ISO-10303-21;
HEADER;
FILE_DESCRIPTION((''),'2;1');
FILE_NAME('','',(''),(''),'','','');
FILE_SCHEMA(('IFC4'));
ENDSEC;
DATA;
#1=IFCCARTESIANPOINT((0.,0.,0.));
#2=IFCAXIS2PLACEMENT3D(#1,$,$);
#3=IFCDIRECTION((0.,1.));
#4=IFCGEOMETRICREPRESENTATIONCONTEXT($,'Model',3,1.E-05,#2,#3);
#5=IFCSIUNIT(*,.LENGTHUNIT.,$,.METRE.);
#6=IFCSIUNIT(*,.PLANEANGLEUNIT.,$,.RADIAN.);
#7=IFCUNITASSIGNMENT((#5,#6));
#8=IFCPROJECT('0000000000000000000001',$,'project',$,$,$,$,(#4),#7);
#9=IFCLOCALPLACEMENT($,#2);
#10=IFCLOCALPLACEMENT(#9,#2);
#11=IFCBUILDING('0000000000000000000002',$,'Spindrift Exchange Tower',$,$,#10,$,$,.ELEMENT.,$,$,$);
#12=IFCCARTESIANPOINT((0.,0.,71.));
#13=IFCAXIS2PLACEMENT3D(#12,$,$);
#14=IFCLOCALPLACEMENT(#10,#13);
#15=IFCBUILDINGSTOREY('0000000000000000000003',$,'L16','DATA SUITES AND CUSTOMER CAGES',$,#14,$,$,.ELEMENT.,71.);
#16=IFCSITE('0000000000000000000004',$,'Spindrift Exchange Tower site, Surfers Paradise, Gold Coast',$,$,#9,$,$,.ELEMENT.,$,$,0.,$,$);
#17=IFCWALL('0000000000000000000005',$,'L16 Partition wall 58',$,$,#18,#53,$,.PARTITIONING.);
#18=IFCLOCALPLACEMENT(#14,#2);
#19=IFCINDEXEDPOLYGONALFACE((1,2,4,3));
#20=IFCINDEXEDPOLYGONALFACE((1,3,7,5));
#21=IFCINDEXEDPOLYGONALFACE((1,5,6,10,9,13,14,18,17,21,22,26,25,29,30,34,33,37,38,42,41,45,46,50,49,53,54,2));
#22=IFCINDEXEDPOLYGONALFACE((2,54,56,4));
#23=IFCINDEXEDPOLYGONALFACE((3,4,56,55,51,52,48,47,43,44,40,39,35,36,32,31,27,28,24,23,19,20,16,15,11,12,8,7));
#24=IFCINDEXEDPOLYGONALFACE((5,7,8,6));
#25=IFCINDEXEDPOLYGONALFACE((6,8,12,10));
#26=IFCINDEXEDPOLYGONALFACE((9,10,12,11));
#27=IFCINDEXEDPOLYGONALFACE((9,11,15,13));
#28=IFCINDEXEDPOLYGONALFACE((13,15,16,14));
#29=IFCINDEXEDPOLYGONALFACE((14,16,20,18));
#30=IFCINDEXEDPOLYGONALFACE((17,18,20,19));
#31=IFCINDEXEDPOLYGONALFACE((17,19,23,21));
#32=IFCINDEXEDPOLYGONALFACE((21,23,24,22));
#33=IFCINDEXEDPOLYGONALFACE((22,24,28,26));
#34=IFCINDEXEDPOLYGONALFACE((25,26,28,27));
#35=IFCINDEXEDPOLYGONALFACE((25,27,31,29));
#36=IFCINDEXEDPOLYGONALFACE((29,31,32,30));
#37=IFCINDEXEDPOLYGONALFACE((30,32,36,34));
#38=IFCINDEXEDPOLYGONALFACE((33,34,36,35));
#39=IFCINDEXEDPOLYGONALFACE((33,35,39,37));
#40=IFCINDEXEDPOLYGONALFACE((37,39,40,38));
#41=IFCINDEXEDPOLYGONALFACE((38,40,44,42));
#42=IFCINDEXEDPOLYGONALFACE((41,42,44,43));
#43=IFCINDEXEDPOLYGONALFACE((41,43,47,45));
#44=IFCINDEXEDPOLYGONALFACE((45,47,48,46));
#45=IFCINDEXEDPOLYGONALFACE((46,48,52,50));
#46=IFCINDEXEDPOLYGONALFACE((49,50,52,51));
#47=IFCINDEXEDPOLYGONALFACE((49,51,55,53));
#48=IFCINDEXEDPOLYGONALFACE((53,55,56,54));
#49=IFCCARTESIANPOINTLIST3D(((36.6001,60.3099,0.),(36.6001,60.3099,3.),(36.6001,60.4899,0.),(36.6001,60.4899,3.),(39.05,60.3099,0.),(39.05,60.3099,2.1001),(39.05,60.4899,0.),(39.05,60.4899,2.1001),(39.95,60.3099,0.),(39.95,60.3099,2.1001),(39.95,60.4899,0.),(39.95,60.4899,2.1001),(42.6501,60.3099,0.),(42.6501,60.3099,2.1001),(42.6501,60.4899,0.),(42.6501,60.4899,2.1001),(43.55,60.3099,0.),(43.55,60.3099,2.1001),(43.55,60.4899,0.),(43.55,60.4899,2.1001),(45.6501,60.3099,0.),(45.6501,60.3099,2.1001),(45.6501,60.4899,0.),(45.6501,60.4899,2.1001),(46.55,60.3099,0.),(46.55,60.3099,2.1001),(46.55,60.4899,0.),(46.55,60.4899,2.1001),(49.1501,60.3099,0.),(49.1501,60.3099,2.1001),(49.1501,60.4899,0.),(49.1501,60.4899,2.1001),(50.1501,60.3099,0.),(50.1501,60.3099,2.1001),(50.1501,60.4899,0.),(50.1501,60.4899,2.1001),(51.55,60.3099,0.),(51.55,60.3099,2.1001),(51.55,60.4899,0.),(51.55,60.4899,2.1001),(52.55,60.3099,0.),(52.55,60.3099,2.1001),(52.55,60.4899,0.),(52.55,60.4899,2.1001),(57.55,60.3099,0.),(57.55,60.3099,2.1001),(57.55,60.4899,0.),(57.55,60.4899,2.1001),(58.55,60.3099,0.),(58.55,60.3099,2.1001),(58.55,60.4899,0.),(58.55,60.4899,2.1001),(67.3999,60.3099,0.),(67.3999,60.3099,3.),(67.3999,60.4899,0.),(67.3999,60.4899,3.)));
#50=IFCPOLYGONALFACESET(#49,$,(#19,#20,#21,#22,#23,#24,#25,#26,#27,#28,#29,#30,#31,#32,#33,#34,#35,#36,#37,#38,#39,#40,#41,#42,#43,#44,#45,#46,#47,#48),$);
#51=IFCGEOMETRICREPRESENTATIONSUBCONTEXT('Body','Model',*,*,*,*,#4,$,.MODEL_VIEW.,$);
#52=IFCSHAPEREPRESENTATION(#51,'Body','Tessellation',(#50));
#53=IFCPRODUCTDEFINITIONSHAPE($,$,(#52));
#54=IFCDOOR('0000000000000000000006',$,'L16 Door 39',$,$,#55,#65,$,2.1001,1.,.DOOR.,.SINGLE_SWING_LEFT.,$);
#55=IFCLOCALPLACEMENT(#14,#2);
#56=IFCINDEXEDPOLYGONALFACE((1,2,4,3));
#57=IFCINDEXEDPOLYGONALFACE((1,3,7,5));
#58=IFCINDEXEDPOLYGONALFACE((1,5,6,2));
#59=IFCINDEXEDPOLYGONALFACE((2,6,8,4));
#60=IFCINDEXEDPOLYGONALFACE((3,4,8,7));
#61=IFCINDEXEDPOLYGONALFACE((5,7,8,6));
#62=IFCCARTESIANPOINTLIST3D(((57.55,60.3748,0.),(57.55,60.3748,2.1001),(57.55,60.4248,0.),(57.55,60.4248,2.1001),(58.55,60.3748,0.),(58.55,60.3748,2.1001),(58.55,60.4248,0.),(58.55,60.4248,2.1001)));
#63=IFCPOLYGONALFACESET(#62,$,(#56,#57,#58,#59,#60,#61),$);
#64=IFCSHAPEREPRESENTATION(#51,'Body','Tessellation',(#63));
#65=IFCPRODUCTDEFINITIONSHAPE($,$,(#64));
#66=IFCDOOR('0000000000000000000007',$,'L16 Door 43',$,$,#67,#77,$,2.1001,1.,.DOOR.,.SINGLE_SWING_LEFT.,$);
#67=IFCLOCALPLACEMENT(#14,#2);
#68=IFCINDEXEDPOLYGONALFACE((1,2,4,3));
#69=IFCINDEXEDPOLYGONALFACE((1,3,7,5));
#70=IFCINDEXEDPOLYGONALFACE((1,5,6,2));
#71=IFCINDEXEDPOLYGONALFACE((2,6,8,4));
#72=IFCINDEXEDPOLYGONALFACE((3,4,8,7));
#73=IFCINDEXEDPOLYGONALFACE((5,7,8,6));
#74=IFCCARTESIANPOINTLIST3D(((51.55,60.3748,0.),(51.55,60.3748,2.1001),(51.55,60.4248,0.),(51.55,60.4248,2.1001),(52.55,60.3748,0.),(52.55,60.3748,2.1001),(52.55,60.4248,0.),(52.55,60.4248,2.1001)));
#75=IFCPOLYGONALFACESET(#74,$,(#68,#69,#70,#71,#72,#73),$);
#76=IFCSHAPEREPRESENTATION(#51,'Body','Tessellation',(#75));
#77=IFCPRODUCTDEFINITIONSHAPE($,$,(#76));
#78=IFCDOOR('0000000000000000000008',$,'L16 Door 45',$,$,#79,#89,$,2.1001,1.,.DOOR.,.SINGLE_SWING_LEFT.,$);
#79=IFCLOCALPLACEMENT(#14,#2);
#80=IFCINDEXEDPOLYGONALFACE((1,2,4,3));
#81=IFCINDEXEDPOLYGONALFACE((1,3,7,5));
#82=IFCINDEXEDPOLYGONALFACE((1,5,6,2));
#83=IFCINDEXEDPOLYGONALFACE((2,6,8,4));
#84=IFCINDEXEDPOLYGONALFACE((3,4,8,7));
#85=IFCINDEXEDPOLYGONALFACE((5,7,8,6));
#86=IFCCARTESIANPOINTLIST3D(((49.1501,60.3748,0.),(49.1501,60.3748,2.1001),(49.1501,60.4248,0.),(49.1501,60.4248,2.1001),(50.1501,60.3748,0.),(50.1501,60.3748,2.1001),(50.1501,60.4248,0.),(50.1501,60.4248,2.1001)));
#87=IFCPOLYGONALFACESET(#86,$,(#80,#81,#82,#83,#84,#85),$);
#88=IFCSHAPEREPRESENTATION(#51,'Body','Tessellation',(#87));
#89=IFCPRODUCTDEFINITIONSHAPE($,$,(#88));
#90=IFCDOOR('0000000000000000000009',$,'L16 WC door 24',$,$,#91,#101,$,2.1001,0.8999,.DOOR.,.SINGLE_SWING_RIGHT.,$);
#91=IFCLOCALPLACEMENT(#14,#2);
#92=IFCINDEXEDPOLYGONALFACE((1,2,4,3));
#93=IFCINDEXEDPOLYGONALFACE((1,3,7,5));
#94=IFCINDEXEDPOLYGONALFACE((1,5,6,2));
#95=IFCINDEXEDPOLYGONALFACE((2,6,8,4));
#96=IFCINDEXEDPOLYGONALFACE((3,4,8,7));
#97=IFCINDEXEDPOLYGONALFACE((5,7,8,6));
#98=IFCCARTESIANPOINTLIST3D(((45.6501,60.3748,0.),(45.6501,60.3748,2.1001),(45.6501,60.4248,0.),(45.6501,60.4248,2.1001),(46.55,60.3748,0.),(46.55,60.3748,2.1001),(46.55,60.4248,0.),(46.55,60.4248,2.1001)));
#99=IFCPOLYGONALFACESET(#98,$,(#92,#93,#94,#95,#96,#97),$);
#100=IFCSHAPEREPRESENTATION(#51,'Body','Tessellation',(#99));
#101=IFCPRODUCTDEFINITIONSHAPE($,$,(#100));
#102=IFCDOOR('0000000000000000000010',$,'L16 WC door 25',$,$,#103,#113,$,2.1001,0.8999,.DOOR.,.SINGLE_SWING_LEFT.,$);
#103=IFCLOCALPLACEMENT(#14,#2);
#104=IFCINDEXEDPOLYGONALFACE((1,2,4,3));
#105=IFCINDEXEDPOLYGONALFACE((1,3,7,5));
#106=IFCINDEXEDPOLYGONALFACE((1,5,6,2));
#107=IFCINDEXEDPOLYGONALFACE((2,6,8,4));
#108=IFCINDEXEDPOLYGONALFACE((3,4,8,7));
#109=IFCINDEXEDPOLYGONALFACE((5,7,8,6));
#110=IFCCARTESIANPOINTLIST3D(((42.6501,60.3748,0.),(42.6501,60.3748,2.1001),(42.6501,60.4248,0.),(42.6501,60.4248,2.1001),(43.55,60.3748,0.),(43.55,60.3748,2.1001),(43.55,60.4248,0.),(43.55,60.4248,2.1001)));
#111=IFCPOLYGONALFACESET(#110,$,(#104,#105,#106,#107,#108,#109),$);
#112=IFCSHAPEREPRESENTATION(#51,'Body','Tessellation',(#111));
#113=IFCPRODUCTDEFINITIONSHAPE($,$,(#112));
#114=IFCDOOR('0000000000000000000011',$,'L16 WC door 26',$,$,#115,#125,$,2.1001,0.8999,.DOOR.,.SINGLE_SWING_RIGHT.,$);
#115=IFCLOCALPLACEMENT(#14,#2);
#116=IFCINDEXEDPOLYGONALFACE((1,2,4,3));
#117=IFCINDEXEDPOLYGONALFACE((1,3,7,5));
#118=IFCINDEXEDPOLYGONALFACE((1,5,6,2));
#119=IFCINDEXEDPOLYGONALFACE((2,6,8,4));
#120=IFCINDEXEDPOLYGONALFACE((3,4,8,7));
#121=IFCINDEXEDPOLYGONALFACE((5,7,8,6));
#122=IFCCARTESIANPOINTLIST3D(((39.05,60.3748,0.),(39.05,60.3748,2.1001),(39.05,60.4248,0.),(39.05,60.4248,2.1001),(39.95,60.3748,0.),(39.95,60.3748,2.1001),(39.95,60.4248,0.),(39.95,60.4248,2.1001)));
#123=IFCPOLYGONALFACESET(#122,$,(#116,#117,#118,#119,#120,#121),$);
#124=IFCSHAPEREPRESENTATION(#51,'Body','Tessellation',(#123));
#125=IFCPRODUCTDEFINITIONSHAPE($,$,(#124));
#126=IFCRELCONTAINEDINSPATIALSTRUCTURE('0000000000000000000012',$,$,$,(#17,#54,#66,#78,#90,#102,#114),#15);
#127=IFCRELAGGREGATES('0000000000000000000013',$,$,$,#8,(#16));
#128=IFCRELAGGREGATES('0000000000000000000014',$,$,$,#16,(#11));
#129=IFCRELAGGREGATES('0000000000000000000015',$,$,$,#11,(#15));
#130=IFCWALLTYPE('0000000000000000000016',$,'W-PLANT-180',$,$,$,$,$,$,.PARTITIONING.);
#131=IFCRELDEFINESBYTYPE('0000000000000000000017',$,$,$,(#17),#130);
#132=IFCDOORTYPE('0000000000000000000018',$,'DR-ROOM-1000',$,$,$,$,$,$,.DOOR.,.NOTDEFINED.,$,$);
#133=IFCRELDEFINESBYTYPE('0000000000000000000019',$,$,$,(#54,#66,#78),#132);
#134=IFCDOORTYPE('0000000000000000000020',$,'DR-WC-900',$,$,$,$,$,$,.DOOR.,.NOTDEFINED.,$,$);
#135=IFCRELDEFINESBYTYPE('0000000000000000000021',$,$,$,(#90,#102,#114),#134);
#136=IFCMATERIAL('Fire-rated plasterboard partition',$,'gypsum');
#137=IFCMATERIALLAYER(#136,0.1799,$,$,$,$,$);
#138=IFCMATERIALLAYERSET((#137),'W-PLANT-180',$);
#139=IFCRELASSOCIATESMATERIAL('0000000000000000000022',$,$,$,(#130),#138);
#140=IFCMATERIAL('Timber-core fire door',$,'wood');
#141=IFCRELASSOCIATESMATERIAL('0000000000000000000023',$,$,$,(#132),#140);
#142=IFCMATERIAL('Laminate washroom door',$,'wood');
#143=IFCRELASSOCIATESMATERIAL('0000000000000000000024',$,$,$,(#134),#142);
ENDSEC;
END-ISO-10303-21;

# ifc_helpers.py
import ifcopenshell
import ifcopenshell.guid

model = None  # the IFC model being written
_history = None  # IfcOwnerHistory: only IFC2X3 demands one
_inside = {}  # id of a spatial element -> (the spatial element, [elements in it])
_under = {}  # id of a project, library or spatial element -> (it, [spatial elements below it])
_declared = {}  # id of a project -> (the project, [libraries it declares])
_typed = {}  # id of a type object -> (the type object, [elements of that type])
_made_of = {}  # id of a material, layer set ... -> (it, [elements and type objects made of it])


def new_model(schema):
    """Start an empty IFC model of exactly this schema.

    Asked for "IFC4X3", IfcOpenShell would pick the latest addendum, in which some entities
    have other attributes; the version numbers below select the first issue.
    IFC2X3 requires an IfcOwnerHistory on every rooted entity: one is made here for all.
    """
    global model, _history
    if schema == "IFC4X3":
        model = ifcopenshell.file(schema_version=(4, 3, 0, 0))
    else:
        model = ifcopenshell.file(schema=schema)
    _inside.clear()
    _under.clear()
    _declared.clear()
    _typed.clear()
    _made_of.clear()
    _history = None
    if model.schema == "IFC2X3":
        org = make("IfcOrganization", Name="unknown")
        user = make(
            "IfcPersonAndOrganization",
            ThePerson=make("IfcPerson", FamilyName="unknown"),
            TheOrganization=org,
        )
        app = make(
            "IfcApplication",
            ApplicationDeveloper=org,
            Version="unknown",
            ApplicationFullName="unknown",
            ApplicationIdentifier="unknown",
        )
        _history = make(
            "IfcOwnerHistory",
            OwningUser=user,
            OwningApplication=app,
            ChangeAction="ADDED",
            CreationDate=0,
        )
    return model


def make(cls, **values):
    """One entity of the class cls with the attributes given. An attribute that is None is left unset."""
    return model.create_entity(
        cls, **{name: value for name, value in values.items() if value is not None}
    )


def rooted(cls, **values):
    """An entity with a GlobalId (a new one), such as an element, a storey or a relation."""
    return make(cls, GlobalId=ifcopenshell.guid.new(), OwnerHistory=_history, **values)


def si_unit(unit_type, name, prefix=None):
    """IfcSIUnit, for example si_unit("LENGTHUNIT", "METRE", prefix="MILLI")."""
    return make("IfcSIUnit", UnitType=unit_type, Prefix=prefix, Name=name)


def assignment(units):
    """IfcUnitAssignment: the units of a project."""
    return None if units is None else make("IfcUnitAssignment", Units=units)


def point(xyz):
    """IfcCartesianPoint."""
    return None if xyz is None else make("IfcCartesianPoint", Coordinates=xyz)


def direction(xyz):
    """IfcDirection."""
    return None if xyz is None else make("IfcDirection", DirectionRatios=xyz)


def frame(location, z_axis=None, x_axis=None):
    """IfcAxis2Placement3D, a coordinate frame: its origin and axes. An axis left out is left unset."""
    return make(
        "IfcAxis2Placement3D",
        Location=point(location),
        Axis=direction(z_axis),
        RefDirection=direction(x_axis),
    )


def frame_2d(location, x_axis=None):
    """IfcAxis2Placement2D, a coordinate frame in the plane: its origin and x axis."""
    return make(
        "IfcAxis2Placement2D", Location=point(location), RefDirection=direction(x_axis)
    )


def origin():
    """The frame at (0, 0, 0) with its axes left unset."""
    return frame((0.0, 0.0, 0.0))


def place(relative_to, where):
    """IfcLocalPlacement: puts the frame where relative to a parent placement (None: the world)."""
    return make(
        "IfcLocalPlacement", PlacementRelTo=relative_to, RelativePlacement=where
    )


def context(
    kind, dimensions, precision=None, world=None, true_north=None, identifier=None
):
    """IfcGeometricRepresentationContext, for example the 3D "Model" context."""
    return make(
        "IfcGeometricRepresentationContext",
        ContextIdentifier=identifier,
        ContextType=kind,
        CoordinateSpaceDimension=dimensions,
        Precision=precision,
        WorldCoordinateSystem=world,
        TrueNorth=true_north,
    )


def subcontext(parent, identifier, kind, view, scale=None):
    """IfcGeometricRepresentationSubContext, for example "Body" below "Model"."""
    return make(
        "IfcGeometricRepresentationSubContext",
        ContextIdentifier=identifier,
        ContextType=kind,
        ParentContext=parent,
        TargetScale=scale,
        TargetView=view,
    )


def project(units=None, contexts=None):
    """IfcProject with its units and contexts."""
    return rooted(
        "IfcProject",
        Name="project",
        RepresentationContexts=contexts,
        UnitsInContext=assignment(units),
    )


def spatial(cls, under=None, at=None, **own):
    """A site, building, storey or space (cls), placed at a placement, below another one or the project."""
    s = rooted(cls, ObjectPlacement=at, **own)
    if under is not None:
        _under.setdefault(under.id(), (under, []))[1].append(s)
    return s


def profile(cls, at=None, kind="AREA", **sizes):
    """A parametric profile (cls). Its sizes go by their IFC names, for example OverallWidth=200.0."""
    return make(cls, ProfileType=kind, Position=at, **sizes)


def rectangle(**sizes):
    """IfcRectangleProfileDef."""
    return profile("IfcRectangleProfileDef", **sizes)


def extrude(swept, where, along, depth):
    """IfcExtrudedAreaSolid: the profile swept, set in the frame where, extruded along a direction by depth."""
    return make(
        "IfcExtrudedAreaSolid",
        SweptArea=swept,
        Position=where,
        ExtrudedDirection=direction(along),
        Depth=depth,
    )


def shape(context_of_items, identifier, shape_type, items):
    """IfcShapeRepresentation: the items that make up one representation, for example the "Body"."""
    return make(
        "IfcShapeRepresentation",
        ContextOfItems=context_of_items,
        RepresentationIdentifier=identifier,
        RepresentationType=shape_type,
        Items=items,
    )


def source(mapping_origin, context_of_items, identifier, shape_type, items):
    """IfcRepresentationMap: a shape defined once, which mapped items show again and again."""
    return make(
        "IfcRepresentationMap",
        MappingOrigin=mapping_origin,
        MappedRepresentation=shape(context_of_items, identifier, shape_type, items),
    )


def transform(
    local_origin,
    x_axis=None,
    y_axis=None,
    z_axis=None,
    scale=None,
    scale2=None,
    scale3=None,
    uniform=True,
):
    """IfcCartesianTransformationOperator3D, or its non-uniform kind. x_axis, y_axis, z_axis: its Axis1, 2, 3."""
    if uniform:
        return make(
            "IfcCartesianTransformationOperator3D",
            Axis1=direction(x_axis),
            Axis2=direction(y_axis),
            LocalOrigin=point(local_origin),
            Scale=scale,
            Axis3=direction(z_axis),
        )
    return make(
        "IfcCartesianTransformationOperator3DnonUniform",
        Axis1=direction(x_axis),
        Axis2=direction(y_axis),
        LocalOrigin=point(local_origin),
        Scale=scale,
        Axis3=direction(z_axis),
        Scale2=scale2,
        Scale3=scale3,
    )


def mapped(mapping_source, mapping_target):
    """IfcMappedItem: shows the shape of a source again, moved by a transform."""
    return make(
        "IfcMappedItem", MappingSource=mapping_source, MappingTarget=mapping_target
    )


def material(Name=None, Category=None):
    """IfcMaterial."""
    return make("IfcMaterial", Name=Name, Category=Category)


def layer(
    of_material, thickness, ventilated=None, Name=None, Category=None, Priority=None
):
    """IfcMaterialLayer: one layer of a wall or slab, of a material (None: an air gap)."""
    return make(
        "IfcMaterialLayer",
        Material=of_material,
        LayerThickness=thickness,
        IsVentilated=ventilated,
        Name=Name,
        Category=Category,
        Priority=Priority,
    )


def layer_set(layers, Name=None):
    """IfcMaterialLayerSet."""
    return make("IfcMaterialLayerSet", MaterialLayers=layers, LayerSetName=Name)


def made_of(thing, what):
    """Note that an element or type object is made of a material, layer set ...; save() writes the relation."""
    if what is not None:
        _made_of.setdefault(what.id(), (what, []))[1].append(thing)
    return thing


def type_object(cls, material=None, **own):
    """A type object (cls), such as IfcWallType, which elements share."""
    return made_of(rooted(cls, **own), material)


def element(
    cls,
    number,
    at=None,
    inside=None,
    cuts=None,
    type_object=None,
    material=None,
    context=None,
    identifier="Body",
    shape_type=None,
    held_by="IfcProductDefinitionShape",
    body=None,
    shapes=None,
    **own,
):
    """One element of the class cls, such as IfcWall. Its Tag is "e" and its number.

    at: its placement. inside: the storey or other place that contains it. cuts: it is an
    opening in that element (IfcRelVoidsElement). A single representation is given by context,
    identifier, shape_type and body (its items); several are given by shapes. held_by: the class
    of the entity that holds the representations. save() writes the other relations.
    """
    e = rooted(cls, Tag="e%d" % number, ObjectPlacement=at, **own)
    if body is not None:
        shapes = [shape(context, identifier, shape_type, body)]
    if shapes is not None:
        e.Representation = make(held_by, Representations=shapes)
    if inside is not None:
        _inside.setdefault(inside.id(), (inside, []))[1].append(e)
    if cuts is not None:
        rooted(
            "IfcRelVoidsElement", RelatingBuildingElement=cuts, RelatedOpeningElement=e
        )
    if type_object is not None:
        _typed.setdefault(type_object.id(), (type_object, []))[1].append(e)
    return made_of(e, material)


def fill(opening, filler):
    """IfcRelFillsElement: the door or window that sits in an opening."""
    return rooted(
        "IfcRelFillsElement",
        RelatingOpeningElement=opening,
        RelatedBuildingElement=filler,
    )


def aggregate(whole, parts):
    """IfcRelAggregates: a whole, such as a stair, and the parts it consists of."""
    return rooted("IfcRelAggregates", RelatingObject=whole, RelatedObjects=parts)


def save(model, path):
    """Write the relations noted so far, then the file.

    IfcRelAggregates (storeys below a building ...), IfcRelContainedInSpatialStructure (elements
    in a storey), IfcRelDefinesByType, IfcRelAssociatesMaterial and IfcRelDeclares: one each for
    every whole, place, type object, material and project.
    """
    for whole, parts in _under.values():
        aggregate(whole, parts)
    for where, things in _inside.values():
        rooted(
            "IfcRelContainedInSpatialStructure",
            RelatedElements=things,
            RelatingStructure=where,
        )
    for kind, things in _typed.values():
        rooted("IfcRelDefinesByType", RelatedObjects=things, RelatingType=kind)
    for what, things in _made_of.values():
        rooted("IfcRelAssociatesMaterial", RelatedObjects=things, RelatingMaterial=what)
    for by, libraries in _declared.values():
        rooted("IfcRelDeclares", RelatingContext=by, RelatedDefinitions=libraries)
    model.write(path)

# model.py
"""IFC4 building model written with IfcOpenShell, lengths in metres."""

from ifc_helpers import new_model, si_unit, direction, frame, frame_2d, origin, place, context, subcontext, project, spatial, rectangle, extrude, source, transform, mapped, material, layer, layer_set, type_object, element, fill, save


model = new_model("IFC4")

# Units and contexts
model_context = context("Model", 3, precision=1e-05, world=origin(), true_north=direction((0.0, 1.0)))
body_context = subcontext(model_context, "Body", "Model", "MODEL_VIEW")
ifc_project = project(units=[si_unit("LENGTHUNIT", "METRE"), si_unit("PLANEANGLEUNIT", "RADIAN")], contexts=[model_context])

# Site, building, storey
site_placement = place(None, origin())
site = spatial("IfcSite", under=ifc_project, at=site_placement, Name="Spindrift Exchange Tower site, Surfers Paradise, Gold Coast", CompositionType="ELEMENT", RefElevation=0.0)
building_placement = place(site_placement, origin())
building = spatial("IfcBuilding", under=site, at=building_placement, Name="Spindrift Exchange Tower", CompositionType="ELEMENT")
storey_placement = place(building_placement, frame((0.0, 0.0, 71.0)))
storey = spatial("IfcBuildingStorey", under=building, at=storey_placement, Name="L16", Description="DATA SUITES AND CUSTOMER CAGES", CompositionType="ELEMENT", Elevation=71.0)

# Shared definitions
ifc_material_1 = material(Name="Fire-rated plasterboard partition", Category="gypsum")

# Wall, openings, doors
ifc_layer_1 = layer(ifc_material_1, 0.1799)
ifc_layer_set_1 = layer_set([ifc_layer_1], Name="W-PLANT-180")
wall_type_1 = type_object("IfcWallType", Name="W-PLANT-180", PredefinedType="PARTITIONING", material=ifc_layer_set_1)
wall_1_placement = place(storey_placement, frame((36.6001, 60.3999, 0.0), z_axis=(0.0, 0.0, 1.0), x_axis=(1.0, 0.0, 0.0)))
wall_1 = element("IfcWall", 1, at=wall_1_placement, inside=storey, type_object=wall_type_1, Name="L16 Partition wall 58", PredefinedType="PARTITIONING", context=body_context, shape_type="SweptSolid", body=[
    extrude(rectangle(XDim=30.7998, YDim=0.1799, at=frame_2d((15.3999, 0.0))), origin(), (0.0, 0.0, 1.0), 3.0),
])
opening_1_placement = place(wall_1_placement, frame((9.05, 0.0, 0.0)))
opening_1 = element("IfcOpeningElement", 2, at=opening_1_placement, cuts=wall_1, PredefinedType="OPENING", context=body_context, shape_type="SweptSolid", body=[
    extrude(rectangle(XDim=0.8999, YDim=2.1001, at=frame_2d((0.45, 1.05))), frame((0.0, 0.0999, 0.0), z_axis=(0.0, -1.0, 0.0), x_axis=(1.0, 0.0, 0.0)), (0.0, 0.0, 1.0), 0.2),
])
opening_2_placement = place(wall_1_placement, frame((6.05, 0.0, 0.0)))
opening_2 = element("IfcOpeningElement", 3, at=opening_2_placement, cuts=wall_1, PredefinedType="OPENING", context=body_context, shape_type="SweptSolid", body=[
    extrude(rectangle(XDim=0.8999, YDim=2.1001, at=frame_2d((0.45, 1.05))), frame((0.0, 0.0999, 0.0), z_axis=(0.0, -1.0, 0.0), x_axis=(1.0, 0.0, 0.0)), (0.0, 0.0, 1.0), 0.2),
])
opening_3_placement = place(wall_1_placement, frame((2.45, 0.0, 0.0)))
opening_3 = element("IfcOpeningElement", 4, at=opening_3_placement, cuts=wall_1, PredefinedType="OPENING", context=body_context, shape_type="SweptSolid", body=[
    extrude(rectangle(XDim=0.8999, YDim=2.1001, at=frame_2d((0.45, 1.05))), frame((0.0, 0.0999, 0.0), z_axis=(0.0, -1.0, 0.0), x_axis=(1.0, 0.0, 0.0)), (0.0, 0.0, 1.0), 0.2),
])
opening_4_placement = place(wall_1_placement, frame((20.95, 0.0, 0.0)))
opening_4 = element("IfcOpeningElement", 5, at=opening_4_placement, cuts=wall_1, PredefinedType="OPENING", context=body_context, shape_type="SweptSolid", body=[
    extrude(rectangle(XDim=1.0, YDim=2.1001, at=frame_2d((0.5, 1.05))), frame((0.0, 0.0999, 0.0), z_axis=(0.0, -1.0, 0.0), x_axis=(1.0, 0.0, 0.0)), (0.0, 0.0, 1.0), 0.2),
])
opening_5_placement = place(wall_1_placement, frame((14.95, 0.0, 0.0)))
opening_5 = element("IfcOpeningElement", 6, at=opening_5_placement, cuts=wall_1, PredefinedType="OPENING", context=body_context, shape_type="SweptSolid", body=[
    extrude(rectangle(XDim=1.0, YDim=2.1001, at=frame_2d((0.5, 1.05))), frame((0.0, 0.0999, 0.0), z_axis=(0.0, -1.0, 0.0), x_axis=(1.0, 0.0, 0.0)), (0.0, 0.0, 1.0), 0.2),
])
opening_6_placement = place(wall_1_placement, frame((12.55, 0.0, 0.0)))
opening_6 = element("IfcOpeningElement", 7, at=opening_6_placement, cuts=wall_1, PredefinedType="OPENING", context=body_context, shape_type="SweptSolid", body=[
    extrude(rectangle(XDim=1.0, YDim=2.1001, at=frame_2d((0.5, 1.05))), frame((0.0, 0.0999, 0.0), z_axis=(0.0, -1.0, 0.0), x_axis=(1.0, 0.0, 0.0)), (0.0, 0.0, 1.0), 0.2),
])
ifc_material_2 = material(Name="Timber-core fire door", Category="wood")
door_type_1 = type_object("IfcDoorType", Name="DR-ROOM-1000", OperationType="NOTDEFINED", PredefinedType="DOOR", material=ifc_material_2)
shared_shape_1 = source(origin(), body_context, "Body", "SweptSolid", [
    extrude(rectangle(XDim=1.0, YDim=2.1001, at=frame_2d((0.5, 1.05))), frame((0.0, 0.0249, 0.0), z_axis=(0.0, -1.0, 0.0), x_axis=(1.0, 0.0, 0.0)), (0.0, 0.0, 1.0), 0.05),
])
door_1_placement = place(opening_4_placement, origin())
door_1 = element("IfcDoor", 8, at=door_1_placement, inside=storey, type_object=door_type_1, Name="L16 Door 39", OperationType="SINGLE_SWING_LEFT", OverallHeight=2.1001, OverallWidth=1.0, PredefinedType="DOOR", context=body_context, shape_type="MappedRepresentation", body=[
    mapped(shared_shape_1, transform((0.0, 0.0, 0.0), scale=1.0)),
])
fill(opening_4, door_1)
door_2_placement = place(opening_5_placement, origin())
door_2 = element("IfcDoor", 9, at=door_2_placement, inside=storey, type_object=door_type_1, Name="L16 Door 43", OperationType="SINGLE_SWING_LEFT", OverallHeight=2.1001, OverallWidth=1.0, PredefinedType="DOOR", context=body_context, shape_type="MappedRepresentation", body=[
    mapped(shared_shape_1, transform((0.0, 0.0, 0.0), scale=1.0)),
])
fill(opening_5, door_2)
door_3_placement = place(opening_6_placement, origin())
door_3 = element("IfcDoor", 10, at=door_3_placement, inside=storey, type_object=door_type_1, Name="L16 Door 45", OperationType="SINGLE_SWING_LEFT", OverallHeight=2.1001, OverallWidth=1.0, PredefinedType="DOOR", context=body_context, shape_type="MappedRepresentation", body=[
    mapped(shared_shape_1, transform((0.0, 0.0, 0.0), scale=1.0)),
])
fill(opening_6, door_3)
ifc_material_3 = material(Name="Laminate washroom door", Category="wood")
door_type_2 = type_object("IfcDoorType", Name="DR-WC-900", OperationType="NOTDEFINED", PredefinedType="DOOR", material=ifc_material_3)
shared_shape_2 = source(origin(), body_context, "Body", "SweptSolid", [
    extrude(rectangle(XDim=0.8999, YDim=2.1001, at=frame_2d((0.45, 1.05))), frame((0.0, 0.0249, 0.0), z_axis=(0.0, -1.0, 0.0), x_axis=(1.0, 0.0, 0.0)), (0.0, 0.0, 1.0), 0.05),
])
door_4_placement = place(opening_1_placement, origin())
door_4 = element("IfcDoor", 11, at=door_4_placement, inside=storey, type_object=door_type_2, Name="L16 WC door 24", OperationType="SINGLE_SWING_RIGHT", OverallHeight=2.1001, OverallWidth=0.8999, PredefinedType="DOOR", context=body_context, shape_type="MappedRepresentation", body=[
    mapped(shared_shape_2, transform((0.0, 0.0, 0.0), scale=1.0)),
])
fill(opening_1, door_4)
door_5_placement = place(opening_2_placement, origin())
door_5 = element("IfcDoor", 12, at=door_5_placement, inside=storey, type_object=door_type_2, Name="L16 WC door 25", OperationType="SINGLE_SWING_LEFT", OverallHeight=2.1001, OverallWidth=0.8999, PredefinedType="DOOR", context=body_context, shape_type="MappedRepresentation", body=[
    mapped(shared_shape_2, transform((0.0, 0.0, 0.0), scale=1.0)),
])
fill(opening_2, door_5)
door_6_placement = place(opening_3_placement, origin())
door_6 = element("IfcDoor", 13, at=door_6_placement, inside=storey, type_object=door_type_2, Name="L16 WC door 26", OperationType="SINGLE_SWING_RIGHT", OverallHeight=2.1001, OverallWidth=0.8999, PredefinedType="DOOR", context=body_context, shape_type="MappedRepresentation", body=[
    mapped(shared_shape_2, transform((0.0, 0.0, 0.0), scale=1.0)),
])
fill(opening_3, door_6)

save(model, "model.ifc")
